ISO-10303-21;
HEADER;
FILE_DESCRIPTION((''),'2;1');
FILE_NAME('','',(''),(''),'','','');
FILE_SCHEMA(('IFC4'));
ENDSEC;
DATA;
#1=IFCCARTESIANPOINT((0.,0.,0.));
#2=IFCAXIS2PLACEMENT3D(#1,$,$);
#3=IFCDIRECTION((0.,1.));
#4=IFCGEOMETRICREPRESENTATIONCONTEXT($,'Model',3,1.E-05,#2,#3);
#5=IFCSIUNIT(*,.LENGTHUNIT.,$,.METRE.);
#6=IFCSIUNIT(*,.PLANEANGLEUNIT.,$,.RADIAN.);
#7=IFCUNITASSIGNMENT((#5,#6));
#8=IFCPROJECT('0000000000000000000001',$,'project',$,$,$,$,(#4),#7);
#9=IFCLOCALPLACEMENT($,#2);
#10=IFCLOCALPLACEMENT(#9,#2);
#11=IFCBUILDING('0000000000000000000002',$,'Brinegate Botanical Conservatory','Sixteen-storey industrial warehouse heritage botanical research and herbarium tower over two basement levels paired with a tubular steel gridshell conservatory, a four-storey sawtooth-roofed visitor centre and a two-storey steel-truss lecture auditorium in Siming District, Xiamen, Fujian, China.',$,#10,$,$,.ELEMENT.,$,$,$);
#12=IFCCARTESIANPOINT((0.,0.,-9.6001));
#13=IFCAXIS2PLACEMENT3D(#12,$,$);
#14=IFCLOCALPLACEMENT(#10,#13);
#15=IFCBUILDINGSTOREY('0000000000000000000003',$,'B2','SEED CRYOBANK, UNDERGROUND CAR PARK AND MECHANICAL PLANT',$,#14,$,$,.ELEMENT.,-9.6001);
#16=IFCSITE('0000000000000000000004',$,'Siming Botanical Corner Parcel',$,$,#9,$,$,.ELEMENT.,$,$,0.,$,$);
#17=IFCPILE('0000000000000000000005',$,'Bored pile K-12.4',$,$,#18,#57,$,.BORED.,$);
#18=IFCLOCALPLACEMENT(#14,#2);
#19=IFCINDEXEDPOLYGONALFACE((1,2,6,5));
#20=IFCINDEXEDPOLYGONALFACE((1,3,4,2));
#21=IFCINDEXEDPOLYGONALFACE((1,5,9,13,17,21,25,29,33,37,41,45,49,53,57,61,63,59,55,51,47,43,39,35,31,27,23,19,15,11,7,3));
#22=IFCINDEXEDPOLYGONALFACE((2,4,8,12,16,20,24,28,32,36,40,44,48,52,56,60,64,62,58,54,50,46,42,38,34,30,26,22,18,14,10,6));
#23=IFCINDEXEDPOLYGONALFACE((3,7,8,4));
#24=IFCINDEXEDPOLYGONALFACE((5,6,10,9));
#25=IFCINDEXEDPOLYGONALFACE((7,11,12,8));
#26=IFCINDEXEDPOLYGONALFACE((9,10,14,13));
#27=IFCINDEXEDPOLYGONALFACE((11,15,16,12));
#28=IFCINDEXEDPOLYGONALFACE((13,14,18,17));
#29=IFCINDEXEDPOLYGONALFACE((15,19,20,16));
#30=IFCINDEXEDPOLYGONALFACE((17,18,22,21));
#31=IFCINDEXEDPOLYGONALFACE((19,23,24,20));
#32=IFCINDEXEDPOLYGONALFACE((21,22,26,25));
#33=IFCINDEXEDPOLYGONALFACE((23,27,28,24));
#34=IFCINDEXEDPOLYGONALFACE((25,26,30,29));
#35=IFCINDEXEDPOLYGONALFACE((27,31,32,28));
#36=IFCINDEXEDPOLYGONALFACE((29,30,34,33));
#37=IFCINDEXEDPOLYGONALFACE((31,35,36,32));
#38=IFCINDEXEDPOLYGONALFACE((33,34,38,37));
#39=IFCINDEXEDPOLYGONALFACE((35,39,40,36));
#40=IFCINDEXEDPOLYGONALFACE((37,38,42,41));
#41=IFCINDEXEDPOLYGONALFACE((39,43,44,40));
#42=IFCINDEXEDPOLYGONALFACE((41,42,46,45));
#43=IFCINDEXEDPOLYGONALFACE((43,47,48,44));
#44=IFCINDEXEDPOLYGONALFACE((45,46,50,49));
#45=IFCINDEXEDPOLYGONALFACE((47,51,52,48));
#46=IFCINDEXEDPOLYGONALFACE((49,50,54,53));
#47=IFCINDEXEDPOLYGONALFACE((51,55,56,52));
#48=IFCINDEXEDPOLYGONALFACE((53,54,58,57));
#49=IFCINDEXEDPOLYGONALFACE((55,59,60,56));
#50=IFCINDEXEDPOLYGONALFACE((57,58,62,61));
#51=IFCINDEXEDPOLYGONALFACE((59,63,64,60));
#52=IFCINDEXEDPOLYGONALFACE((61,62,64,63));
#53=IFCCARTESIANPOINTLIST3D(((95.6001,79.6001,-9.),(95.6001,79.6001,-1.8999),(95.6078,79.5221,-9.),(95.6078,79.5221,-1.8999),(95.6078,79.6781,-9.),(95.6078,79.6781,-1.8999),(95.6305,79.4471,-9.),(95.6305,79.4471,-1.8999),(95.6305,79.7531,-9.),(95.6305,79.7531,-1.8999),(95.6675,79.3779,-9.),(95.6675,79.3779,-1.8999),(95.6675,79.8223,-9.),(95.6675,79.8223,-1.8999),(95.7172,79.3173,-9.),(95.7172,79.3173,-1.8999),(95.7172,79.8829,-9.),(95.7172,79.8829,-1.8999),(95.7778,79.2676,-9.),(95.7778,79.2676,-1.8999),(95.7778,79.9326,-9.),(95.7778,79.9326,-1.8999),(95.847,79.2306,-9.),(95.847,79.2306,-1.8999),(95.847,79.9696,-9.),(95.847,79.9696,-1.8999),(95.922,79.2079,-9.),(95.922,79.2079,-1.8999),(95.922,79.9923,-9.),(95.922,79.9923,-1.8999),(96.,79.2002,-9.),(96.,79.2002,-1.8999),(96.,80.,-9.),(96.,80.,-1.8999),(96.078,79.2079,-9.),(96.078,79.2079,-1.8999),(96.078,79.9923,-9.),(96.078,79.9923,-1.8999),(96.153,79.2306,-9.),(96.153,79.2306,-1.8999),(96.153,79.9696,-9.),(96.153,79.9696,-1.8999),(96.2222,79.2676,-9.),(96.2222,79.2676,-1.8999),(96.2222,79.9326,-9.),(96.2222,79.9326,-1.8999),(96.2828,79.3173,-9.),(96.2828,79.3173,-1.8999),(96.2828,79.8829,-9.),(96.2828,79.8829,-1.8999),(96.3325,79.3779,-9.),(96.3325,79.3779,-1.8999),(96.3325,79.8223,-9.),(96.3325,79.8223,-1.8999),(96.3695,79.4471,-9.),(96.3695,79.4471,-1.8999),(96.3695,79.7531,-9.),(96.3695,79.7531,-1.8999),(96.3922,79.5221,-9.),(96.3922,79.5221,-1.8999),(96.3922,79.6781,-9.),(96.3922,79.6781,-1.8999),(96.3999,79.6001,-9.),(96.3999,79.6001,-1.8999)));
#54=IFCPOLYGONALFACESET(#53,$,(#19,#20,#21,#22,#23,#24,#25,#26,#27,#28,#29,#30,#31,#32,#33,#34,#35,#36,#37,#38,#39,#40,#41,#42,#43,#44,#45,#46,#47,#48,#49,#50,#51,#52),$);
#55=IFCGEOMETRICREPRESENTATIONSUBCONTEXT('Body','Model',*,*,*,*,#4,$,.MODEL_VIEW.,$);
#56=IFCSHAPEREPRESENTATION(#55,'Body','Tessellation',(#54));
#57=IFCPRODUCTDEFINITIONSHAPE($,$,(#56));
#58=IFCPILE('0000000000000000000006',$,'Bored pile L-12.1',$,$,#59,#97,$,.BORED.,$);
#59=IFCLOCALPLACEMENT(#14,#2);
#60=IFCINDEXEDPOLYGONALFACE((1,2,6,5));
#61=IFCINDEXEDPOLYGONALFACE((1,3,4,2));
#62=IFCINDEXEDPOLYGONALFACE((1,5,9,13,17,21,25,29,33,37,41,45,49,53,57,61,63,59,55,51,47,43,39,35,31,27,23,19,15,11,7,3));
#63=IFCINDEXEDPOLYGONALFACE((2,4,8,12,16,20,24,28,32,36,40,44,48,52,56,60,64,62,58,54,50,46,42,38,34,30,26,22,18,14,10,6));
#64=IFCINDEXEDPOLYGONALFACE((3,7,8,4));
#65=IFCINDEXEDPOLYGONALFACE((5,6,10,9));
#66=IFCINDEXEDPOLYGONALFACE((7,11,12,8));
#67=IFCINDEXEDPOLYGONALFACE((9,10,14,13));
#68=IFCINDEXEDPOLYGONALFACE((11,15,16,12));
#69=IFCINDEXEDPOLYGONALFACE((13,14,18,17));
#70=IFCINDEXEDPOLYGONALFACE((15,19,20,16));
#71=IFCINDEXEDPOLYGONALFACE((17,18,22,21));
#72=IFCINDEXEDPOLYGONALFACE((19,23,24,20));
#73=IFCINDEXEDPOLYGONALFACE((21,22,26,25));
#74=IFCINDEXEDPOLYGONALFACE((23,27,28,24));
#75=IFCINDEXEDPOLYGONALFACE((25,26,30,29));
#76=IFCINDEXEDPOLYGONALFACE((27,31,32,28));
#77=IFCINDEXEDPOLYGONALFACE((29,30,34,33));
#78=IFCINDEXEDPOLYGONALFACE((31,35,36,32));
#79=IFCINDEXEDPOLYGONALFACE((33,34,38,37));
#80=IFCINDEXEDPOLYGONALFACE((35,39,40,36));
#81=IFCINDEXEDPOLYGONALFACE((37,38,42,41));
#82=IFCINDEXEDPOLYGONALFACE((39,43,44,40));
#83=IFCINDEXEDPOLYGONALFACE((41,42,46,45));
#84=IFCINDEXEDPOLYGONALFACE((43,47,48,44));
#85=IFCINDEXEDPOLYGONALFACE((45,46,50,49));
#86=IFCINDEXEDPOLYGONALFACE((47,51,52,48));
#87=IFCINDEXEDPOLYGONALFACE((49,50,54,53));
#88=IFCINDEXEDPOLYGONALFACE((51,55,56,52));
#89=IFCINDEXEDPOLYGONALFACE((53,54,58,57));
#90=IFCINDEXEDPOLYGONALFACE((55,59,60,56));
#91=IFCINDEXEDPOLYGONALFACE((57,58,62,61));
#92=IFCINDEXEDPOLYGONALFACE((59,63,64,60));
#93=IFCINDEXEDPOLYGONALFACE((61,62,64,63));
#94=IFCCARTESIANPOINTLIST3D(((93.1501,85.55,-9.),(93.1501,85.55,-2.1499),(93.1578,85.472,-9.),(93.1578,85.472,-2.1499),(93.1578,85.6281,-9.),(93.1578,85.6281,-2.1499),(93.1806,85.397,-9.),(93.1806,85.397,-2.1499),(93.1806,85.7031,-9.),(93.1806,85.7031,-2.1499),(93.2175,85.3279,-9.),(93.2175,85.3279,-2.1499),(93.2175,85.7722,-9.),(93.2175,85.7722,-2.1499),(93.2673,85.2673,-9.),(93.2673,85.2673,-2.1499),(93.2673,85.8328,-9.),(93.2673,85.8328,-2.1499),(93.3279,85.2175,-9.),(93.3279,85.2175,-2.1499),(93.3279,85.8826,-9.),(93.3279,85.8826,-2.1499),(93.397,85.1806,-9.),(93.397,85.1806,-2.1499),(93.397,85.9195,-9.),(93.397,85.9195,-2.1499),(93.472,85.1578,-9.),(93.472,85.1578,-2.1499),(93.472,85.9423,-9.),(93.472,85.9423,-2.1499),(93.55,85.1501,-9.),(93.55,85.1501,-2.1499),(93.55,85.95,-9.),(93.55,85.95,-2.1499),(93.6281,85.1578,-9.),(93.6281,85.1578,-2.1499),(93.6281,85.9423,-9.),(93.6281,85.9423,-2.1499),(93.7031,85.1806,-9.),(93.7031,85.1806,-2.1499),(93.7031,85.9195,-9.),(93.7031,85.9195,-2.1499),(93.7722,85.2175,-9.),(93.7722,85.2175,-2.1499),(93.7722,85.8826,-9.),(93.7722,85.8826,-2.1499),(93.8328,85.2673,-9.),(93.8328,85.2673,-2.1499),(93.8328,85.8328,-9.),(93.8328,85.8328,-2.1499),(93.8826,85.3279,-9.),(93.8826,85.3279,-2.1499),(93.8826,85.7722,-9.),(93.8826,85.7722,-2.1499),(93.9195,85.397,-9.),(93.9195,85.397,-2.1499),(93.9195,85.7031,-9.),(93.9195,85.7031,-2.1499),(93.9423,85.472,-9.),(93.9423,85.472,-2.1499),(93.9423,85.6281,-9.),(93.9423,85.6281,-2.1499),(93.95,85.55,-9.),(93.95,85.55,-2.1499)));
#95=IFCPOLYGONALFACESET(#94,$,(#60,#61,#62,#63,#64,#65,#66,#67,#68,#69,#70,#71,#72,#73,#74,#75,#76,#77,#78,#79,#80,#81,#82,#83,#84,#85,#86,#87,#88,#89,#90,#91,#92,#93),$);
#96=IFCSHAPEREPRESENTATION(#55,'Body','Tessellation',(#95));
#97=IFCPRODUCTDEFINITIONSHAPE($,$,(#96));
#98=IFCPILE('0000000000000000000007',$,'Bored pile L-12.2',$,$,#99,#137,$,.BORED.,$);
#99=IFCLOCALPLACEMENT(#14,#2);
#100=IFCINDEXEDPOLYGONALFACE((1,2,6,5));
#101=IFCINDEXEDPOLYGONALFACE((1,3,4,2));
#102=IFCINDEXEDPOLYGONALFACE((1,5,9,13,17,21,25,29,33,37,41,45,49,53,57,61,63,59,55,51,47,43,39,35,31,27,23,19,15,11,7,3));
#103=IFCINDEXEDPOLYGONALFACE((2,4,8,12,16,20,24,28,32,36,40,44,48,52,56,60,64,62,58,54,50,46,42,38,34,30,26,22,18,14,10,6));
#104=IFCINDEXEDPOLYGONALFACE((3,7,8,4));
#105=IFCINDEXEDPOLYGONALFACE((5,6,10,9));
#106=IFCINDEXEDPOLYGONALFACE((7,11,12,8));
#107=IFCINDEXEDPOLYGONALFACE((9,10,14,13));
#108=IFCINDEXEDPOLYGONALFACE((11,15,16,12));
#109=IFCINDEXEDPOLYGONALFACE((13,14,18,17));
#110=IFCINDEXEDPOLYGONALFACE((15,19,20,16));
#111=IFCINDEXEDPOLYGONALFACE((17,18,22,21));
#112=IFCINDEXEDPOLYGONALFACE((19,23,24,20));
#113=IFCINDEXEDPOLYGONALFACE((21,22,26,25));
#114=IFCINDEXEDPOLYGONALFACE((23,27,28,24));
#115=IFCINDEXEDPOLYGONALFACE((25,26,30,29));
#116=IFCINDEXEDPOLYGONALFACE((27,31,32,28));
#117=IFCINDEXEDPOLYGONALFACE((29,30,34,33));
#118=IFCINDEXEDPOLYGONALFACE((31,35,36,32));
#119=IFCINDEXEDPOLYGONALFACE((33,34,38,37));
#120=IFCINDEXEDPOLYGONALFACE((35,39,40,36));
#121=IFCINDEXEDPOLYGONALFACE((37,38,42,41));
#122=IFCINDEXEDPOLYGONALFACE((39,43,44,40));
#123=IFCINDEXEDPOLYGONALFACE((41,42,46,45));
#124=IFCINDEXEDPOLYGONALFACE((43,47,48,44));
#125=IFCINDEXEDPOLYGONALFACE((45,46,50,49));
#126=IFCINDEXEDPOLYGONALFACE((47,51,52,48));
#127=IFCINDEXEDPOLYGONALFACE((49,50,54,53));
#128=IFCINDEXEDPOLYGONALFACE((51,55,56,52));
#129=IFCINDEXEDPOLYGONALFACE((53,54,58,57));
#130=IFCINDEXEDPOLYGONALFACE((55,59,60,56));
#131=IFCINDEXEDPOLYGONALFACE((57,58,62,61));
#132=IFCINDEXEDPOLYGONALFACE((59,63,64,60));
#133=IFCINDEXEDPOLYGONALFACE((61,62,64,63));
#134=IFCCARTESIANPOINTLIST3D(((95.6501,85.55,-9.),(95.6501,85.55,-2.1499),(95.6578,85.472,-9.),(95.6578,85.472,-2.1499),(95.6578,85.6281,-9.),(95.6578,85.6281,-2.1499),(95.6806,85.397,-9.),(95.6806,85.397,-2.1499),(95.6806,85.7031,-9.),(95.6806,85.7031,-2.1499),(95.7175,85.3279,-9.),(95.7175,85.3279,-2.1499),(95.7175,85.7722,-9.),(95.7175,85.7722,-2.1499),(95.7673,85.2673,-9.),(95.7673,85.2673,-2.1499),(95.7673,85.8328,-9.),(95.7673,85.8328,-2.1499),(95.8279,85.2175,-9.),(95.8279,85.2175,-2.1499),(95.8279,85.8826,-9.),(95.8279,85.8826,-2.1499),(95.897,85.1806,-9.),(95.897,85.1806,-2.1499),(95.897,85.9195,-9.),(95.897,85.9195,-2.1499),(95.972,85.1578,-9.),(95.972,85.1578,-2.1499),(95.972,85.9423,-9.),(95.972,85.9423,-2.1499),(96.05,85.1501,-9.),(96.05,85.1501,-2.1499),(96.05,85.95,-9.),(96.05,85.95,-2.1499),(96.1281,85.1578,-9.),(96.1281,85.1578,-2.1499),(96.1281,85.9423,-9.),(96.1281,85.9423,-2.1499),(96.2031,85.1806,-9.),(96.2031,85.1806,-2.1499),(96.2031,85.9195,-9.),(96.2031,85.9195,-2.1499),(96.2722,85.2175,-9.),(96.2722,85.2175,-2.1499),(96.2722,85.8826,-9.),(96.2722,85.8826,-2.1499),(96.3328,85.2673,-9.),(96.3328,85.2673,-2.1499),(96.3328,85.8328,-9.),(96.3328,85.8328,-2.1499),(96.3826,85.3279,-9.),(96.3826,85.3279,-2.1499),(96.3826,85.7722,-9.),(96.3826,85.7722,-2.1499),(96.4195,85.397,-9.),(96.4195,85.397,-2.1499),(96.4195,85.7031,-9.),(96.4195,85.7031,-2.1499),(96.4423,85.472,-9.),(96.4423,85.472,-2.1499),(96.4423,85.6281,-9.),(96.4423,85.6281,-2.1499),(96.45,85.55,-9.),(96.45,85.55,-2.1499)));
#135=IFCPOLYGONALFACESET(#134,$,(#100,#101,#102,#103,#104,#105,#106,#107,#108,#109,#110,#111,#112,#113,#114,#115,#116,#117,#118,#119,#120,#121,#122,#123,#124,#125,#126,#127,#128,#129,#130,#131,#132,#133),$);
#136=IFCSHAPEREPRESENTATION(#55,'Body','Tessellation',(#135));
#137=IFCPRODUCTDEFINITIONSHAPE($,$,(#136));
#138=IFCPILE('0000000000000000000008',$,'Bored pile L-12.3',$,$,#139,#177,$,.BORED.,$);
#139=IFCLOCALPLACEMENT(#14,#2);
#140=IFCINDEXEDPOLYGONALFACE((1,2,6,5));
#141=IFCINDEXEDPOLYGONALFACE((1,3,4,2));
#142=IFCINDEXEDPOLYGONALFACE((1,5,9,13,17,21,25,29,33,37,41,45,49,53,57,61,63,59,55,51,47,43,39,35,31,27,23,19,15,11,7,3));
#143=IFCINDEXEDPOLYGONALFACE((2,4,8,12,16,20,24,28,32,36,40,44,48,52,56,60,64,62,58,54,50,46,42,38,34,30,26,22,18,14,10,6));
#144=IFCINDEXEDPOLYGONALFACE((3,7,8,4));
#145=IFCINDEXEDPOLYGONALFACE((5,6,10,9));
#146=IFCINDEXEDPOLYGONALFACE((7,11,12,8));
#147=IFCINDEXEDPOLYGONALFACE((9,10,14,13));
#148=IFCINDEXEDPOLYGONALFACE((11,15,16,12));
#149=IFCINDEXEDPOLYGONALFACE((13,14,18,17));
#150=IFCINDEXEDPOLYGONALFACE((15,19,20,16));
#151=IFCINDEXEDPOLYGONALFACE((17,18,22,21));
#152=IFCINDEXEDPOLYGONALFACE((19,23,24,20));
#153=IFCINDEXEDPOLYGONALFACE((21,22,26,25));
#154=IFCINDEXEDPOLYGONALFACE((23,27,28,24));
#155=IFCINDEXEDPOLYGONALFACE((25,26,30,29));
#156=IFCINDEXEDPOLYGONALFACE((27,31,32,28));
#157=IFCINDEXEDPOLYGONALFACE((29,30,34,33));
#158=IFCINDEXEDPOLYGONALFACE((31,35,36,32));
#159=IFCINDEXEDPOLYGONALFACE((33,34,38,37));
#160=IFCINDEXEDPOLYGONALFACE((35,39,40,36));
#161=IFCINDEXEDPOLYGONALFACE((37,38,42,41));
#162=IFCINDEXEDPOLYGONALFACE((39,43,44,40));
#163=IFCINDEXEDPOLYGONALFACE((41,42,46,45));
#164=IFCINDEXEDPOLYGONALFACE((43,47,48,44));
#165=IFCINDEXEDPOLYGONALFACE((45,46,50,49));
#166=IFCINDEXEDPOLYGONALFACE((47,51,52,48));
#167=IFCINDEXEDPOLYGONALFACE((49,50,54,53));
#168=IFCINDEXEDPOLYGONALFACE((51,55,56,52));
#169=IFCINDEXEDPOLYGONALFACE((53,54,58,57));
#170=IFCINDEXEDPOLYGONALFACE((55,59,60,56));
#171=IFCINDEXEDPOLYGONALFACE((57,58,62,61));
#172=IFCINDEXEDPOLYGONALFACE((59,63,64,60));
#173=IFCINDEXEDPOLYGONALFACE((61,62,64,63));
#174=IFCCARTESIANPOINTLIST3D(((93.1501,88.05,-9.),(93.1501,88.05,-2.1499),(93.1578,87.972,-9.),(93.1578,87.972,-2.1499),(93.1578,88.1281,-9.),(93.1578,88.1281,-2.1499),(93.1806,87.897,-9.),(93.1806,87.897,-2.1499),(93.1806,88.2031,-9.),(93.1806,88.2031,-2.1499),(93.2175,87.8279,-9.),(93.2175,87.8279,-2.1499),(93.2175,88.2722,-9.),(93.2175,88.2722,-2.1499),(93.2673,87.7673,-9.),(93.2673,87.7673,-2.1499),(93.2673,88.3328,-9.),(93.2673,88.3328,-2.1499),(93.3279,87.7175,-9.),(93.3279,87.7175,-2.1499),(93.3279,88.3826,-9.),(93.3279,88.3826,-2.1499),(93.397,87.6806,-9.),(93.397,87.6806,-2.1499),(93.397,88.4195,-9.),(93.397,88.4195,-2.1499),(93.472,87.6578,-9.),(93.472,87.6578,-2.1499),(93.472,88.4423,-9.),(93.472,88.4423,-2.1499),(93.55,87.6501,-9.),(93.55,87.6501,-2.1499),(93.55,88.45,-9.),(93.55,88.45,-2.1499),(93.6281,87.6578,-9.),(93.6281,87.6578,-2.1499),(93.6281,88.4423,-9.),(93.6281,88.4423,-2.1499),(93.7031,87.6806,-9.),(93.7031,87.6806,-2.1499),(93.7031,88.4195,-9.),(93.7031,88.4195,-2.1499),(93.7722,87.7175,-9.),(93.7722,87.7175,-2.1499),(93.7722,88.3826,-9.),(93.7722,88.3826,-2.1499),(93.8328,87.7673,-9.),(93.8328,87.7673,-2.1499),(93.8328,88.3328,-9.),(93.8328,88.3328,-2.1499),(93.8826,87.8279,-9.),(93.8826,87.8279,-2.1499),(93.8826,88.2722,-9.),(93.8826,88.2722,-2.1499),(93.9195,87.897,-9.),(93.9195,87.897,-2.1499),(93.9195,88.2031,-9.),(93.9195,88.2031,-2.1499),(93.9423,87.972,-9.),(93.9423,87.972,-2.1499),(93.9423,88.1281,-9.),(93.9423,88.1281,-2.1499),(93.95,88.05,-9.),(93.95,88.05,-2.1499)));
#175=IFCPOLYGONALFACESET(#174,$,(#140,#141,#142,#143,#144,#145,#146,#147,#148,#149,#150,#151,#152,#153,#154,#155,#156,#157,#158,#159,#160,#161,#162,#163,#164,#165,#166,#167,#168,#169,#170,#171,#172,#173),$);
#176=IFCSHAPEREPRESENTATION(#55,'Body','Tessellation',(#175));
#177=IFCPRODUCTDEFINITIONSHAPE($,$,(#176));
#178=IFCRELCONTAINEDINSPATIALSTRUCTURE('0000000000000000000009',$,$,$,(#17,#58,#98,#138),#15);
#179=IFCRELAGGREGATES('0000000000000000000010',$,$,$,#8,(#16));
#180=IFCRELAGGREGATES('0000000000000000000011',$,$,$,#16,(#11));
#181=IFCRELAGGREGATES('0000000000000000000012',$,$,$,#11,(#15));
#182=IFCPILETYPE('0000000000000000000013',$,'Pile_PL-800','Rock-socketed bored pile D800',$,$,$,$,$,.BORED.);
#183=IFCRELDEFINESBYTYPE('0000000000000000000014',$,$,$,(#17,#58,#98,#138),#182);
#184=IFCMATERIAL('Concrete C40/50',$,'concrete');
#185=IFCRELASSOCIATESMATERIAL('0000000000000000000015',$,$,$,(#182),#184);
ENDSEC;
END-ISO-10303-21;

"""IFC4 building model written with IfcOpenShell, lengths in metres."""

from ifc_helpers import new_model, si_unit, direction, frame, origin, origin_2d, place, context, subcontext, project, spatial, circle, extrude, material, material_profile, profile_set, type_object, element, save


model = new_model("IFC4")

# Units and contexts
model_context = context("Model", 3, precision=1e-05, world=origin(), true_north=direction((0.0, 1.0)))
body_context = subcontext(model_context, "Body", "Model", "MODEL_VIEW")
ifc_project = project(units=[si_unit("LENGTHUNIT", "METRE"), si_unit("PLANEANGLEUNIT", "RADIAN")], contexts=[model_context])

# Site, building, storey
site_placement = place(None, origin())
site = spatial("IfcSite", under=ifc_project, at=site_placement, Name="Siming Botanical Corner Parcel", CompositionType="ELEMENT", RefElevation=0.0)
building_placement = place(site_placement, origin())
building = spatial("IfcBuilding", under=site, at=building_placement, Name="Brinegate Botanical Conservatory", Description="Sixteen-storey industrial warehouse heritage botanical research and herbarium tower over two basement levels paired with a tubular steel gridshell conservatory, a four-storey sawtooth-roofed visitor centre and a two-storey steel-truss lecture auditorium in Siming District, Xiamen, Fujian, China.", CompositionType="ELEMENT")
storey_placement = place(building_placement, frame((0.0, 0.0, -9.6001)))
storey = spatial("IfcBuildingStorey", under=building, at=storey_placement, Name="B2", Description="SEED CRYOBANK, UNDERGROUND CAR PARK AND MECHANICAL PLANT", CompositionType="ELEMENT", Elevation=-9.6001)

# Shared definitions
ifc_material = material(Name="Concrete C40/50", Category="concrete")

# Piles
ifc_material_profile_1 = material_profile(ifc_material, circle(Radius=0.3999, at=origin_2d()), Name="PILE D800")
ifc_profile_set_1 = profile_set([ifc_material_profile_1], Name="Concrete C40/50")
pile_type = type_object("IfcPileType", Name="Pile_PL-800", Description="Rock-socketed bored pile D800", PredefinedType="BORED", material=ifc_profile_set_1)
for number, where, z_axis, x_axis, name in (
    (1, (96.0, 79.6001, -1.8999), (0.0, 0.0, -1.0), (1.0, 0.0, 0.0), "Bored pile K-12.4"),
):
    element("IfcPile", number, at=place(storey_placement, frame(where, z_axis=z_axis, x_axis=x_axis)), inside=storey, type_object=pile_type, Name=name, PredefinedType="BORED", context=body_context, shape_type="SweptSolid", body=[
        extrude(circle(Radius=0.3999, at=origin_2d()), origin(), (0.0, 0.0, 1.0), 7.1001),
    ])
for number, where, z_axis, x_axis, name in (
    (2, (93.55, 85.55, -2.1499), (0.0, 0.0, -1.0), (1.0, 0.0, 0.0), "Bored pile L-12.1"),
    (3, (96.05, 85.55, -2.1499), (0.0, 0.0, -1.0), (1.0, 0.0, 0.0), "Bored pile L-12.2"),
    (4, (93.55, 88.05, -2.1499), (0.0, 0.0, -1.0), (1.0, 0.0, 0.0), "Bored pile L-12.3"),
):
    element("IfcPile", number, at=place(storey_placement, frame(where, z_axis=z_axis, x_axis=x_axis)), inside=storey, type_object=pile_type, Name=name, PredefinedType="BORED", context=body_context, shape_type="SweptSolid", body=[
        extrude(circle(Radius=0.3999, at=origin_2d()), origin(), (0.0, 0.0, 1.0), 6.8501),
    ])

save(model, "model.ifc")
